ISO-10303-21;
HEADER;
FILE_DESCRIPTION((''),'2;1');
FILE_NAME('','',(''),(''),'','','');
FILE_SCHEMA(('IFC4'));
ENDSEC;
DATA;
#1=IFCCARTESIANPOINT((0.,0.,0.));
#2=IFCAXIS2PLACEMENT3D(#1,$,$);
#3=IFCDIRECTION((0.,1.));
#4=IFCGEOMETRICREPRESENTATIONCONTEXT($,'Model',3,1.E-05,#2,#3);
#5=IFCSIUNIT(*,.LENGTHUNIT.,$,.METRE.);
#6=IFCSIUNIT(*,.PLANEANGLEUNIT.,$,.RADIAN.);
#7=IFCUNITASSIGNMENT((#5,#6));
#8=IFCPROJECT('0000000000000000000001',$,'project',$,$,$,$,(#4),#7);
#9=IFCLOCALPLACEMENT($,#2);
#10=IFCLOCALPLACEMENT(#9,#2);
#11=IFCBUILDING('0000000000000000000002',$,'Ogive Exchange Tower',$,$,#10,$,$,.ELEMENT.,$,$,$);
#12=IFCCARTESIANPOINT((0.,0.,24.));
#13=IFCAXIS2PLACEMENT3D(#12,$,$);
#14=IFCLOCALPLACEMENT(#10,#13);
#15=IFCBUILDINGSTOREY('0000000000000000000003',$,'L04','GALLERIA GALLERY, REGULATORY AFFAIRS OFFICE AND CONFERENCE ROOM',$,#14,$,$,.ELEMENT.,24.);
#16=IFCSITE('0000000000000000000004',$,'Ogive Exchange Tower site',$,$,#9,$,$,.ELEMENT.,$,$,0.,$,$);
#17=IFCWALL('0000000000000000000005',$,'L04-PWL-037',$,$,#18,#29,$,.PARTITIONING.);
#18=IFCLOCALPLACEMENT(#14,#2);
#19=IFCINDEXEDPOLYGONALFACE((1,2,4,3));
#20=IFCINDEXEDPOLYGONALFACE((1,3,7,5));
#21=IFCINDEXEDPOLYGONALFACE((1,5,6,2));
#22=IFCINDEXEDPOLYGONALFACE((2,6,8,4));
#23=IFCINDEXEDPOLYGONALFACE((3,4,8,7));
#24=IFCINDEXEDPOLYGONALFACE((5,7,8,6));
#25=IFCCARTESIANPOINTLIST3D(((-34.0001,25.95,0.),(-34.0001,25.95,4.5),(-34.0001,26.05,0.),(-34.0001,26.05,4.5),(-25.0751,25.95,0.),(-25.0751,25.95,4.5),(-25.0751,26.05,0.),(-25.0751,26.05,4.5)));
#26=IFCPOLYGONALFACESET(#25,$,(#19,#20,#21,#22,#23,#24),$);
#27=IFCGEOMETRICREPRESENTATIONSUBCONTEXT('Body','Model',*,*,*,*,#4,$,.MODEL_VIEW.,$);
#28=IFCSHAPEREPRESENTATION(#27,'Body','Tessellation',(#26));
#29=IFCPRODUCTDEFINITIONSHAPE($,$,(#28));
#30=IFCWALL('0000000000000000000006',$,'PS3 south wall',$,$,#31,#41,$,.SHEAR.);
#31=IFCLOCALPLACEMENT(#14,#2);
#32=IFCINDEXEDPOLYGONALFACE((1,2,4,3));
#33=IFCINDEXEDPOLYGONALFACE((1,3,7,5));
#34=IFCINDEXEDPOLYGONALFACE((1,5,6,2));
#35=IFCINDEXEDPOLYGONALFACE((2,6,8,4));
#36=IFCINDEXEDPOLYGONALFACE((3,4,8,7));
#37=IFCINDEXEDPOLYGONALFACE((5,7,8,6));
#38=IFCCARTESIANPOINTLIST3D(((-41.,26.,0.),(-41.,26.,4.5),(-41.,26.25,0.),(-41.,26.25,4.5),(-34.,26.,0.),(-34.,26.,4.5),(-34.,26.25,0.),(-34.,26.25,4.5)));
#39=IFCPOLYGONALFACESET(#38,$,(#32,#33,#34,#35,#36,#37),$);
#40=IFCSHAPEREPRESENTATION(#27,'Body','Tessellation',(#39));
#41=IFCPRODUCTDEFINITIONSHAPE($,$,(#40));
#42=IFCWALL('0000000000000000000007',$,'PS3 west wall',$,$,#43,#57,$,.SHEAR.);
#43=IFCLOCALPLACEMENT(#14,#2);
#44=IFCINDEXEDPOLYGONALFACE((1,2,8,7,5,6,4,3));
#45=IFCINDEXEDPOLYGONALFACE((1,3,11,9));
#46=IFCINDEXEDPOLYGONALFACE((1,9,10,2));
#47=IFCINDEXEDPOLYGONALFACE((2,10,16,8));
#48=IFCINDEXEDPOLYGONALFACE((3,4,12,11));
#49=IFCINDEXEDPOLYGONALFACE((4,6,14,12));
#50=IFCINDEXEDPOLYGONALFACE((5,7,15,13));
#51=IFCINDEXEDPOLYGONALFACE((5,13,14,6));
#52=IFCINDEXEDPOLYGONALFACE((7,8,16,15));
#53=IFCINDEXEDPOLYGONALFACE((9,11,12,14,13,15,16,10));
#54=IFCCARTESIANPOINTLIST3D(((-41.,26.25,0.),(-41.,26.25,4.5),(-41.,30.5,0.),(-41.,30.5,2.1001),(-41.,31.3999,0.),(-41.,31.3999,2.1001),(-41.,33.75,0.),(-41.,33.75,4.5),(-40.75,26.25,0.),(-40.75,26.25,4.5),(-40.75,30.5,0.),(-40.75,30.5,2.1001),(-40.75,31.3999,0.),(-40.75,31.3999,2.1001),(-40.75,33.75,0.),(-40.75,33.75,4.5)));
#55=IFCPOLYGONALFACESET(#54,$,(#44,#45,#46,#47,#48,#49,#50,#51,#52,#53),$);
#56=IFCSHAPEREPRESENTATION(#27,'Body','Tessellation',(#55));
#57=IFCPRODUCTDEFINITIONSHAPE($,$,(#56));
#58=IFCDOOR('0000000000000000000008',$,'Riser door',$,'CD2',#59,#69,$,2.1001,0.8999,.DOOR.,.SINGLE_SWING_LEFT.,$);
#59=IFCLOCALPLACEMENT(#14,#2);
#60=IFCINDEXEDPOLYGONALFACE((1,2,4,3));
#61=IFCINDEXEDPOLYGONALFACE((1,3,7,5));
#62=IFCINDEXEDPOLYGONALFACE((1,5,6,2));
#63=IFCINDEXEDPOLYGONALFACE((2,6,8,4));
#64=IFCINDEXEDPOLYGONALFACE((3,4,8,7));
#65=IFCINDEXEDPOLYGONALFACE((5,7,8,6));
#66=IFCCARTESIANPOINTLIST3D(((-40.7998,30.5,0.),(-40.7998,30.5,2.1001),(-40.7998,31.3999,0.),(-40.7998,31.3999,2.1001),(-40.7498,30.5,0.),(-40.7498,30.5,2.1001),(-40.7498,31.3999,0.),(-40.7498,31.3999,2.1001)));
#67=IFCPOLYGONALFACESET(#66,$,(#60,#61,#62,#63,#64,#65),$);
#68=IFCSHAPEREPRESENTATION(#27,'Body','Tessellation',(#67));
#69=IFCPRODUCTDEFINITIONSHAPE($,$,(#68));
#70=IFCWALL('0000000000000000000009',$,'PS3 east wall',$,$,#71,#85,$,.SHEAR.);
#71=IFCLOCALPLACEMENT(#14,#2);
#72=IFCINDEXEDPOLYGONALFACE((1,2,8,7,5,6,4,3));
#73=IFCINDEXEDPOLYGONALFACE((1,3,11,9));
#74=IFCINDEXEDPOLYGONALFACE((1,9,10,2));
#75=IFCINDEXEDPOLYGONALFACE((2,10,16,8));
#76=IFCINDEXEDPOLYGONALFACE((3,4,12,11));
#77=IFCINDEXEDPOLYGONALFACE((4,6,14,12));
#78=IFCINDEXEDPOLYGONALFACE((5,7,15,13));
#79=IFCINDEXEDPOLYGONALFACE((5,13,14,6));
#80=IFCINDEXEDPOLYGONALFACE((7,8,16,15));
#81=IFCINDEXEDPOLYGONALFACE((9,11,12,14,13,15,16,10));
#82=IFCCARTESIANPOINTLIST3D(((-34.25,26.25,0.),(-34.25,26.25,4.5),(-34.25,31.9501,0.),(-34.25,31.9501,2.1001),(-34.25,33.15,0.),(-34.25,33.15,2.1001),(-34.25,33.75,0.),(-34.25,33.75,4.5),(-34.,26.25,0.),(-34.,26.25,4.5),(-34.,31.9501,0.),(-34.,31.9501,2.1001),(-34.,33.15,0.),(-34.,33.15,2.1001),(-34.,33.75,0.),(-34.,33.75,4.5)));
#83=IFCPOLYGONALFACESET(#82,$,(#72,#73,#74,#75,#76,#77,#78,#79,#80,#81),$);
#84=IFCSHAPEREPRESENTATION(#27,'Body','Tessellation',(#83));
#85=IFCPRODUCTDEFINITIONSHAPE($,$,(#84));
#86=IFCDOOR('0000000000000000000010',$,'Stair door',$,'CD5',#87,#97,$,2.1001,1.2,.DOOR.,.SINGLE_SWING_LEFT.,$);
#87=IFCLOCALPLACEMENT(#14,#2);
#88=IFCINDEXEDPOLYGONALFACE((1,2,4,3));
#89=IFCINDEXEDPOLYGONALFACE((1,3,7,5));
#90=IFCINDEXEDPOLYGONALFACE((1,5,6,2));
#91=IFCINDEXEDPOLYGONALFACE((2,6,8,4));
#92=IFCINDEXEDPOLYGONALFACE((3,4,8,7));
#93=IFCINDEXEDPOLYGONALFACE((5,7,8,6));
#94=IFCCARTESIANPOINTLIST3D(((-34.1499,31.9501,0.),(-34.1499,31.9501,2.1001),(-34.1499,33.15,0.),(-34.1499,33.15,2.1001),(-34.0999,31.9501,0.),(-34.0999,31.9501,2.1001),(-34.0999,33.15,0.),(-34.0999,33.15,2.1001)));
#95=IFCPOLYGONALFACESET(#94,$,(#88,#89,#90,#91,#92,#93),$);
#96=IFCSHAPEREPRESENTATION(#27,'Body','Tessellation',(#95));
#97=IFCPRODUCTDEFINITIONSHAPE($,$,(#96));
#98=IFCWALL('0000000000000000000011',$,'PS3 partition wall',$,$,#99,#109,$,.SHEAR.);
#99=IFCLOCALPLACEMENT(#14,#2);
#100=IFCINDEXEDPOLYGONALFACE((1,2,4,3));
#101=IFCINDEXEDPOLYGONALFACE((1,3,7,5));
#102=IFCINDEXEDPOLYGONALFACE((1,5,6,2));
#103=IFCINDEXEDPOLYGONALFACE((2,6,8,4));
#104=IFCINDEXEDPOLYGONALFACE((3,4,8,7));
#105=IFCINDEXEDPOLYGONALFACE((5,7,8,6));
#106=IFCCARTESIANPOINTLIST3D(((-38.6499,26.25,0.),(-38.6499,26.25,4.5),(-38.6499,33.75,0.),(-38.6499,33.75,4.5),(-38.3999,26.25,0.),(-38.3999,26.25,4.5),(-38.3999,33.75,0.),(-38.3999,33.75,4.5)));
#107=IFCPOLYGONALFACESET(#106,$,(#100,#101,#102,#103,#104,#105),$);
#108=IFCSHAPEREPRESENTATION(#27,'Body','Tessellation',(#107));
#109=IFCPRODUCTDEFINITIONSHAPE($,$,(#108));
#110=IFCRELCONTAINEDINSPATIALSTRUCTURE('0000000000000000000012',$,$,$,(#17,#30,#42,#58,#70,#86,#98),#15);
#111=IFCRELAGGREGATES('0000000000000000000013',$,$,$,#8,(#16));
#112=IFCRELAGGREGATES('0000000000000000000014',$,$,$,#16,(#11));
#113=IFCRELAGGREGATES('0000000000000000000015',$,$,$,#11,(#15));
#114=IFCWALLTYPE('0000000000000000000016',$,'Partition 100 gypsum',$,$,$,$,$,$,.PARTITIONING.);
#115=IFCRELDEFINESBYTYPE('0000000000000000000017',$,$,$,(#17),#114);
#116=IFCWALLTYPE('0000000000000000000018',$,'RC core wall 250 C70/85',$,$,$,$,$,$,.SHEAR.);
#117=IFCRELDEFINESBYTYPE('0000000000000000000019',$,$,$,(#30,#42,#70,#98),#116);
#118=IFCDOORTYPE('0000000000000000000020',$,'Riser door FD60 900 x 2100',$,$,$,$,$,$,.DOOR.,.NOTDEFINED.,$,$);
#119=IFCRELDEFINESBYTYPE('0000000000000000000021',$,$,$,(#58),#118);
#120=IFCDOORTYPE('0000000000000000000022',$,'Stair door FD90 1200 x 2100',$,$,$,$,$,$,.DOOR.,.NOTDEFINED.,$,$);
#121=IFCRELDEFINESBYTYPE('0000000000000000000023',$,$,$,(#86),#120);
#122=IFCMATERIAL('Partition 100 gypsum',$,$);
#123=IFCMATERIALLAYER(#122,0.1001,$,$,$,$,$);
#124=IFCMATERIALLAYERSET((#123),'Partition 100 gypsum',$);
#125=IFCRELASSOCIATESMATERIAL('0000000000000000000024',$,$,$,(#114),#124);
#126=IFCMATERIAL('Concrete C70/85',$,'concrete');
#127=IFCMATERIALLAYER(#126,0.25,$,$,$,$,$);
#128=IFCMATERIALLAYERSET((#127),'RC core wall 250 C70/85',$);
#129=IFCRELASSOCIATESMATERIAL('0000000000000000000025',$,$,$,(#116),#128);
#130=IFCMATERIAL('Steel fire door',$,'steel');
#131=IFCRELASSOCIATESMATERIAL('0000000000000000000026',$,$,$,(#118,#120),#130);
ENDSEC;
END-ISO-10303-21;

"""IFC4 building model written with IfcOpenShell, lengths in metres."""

from ifc_helpers import new_model, si_unit, direction, frame, frame_2d, origin, place, context, subcontext, project, spatial, rectangle, extrude, material, layer, layer_set, type_object, element, fill, save


model = new_model("IFC4")

# Units and contexts
model_context = context("Model", 3, precision=1e-05, world=origin(), true_north=direction((0.0, 1.0)))
body_context = subcontext(model_context, "Body", "Model", "MODEL_VIEW")
ifc_project = project(units=[si_unit("LENGTHUNIT", "METRE"), si_unit("PLANEANGLEUNIT", "RADIAN")], contexts=[model_context])

# Site, building, storey
site_placement = place(None, origin())
site = spatial("IfcSite", under=ifc_project, at=site_placement, Name="Ogive Exchange Tower site", CompositionType="ELEMENT", RefElevation=0.0)
building_placement = place(site_placement, origin())
building = spatial("IfcBuilding", under=site, at=building_placement, Name="Ogive Exchange Tower", CompositionType="ELEMENT")
storey_placement = place(building_placement, frame((0.0, 0.0, 24.0)))
storey = spatial("IfcBuildingStorey", under=building, at=storey_placement, Name="L04", Description="GALLERIA GALLERY, REGULATORY AFFAIRS OFFICE AND CONFERENCE ROOM", CompositionType="ELEMENT", Elevation=24.0)

# Shared definitions
ifc_material_1 = material(Name="Concrete C70/85", Category="concrete")

# Walls
ifc_material_2 = material(Name="Partition 100 gypsum")
ifc_layer_1 = layer(ifc_material_2, 0.1001)
ifc_layer_set_1 = layer_set([ifc_layer_1], Name="Partition 100 gypsum")
wall_type_1 = type_object("IfcWallType", Name="Partition 100 gypsum", PredefinedType="PARTITIONING", material=ifc_layer_set_1)
wall_1_placement = place(storey_placement, frame((-34.0, 26.0, 0.0), z_axis=(0.0, 0.0, 1.0), x_axis=(1.0, 0.0, 0.0)))
element("IfcWall", 1, at=wall_1_placement, inside=storey, type_object=wall_type_1, Name="L04-PWL-037", PredefinedType="PARTITIONING", context=body_context, shape_type="SweptSolid", body=[
    extrude(rectangle(XDim=8.925, YDim=0.1001, at=frame_2d((4.4624, 0.0))), origin(), (0.0, 0.0, 1.0), 4.5),
])
ifc_layer_2 = layer(ifc_material_1, 0.25)
ifc_layer_set_2 = layer_set([ifc_layer_2], Name="RC core wall 250 C70/85")
wall_type_2 = type_object("IfcWallType", Name="RC core wall 250 C70/85", PredefinedType="SHEAR", material=ifc_layer_set_2)
wall_2_placement = place(storey_placement, frame((-41.0, 26.125, 0.0), z_axis=(0.0, 0.0, 1.0), x_axis=(1.0, 0.0, 0.0)))
element("IfcWall", 2, at=wall_2_placement, inside=storey, type_object=wall_type_2, Name="PS3 south wall", PredefinedType="SHEAR", context=body_context, shape_type="SweptSolid", body=[
    extrude(rectangle(XDim=7.0, YDim=0.25, at=frame_2d((3.5, 0.0))), origin(), (0.0, 0.0, 1.0), 4.5),
])

# Walls, openings, doors
wall_3_placement = place(storey_placement, frame((-40.875, 26.25, 0.0), z_axis=(0.0, 0.0, 1.0), x_axis=(0.0, 1.0, 0.0)))
wall_3 = element("IfcWall", 3, at=wall_3_placement, inside=storey, type_object=wall_type_2, Name="PS3 west wall", PredefinedType="SHEAR", context=body_context, shape_type="SweptSolid", body=[
    extrude(rectangle(XDim=7.5, YDim=0.25, at=frame_2d((3.75, 0.0))), origin(), (0.0, 0.0, 1.0), 4.5),
])
opening_1_placement = place(wall_3_placement, frame((4.25, 0.0, 0.0)))
opening_1 = element("IfcOpeningElement", 4, at=opening_1_placement, cuts=wall_3, PredefinedType="OPENING", context=body_context, shape_type="SweptSolid", body=[
    extrude(rectangle(XDim=0.8999, YDim=2.1001, at=frame_2d((0.45, 1.05))), frame((0.0, 0.135, 0.0), z_axis=(0.0, -1.0, 0.0), x_axis=(1.0, 0.0, 0.0)), (0.0, 0.0, 1.0), 0.27),
])
ifc_material_3 = material(Name="Steel fire door", Category="steel")
door_type_1 = type_object("IfcDoorType", Name="Riser door FD60 900 x 2100", OperationType="NOTDEFINED", PredefinedType="DOOR", material=ifc_material_3)
door_1_placement = place(opening_1_placement, origin())
door_1 = element("IfcDoor", 5, at=door_1_placement, inside=storey, type_object=door_type_1, Name="Riser door", ObjectType="CD2", OperationType="SINGLE_SWING_LEFT", OverallHeight=2.1001, OverallWidth=0.8999, PredefinedType="DOOR", context=body_context, shape_type="SweptSolid", body=[
    extrude(rectangle(XDim=0.8999, YDim=2.1001, at=frame_2d((0.45, 1.05))), frame((0.0, -0.0752, 0.0), z_axis=(0.0, -1.0, 0.0), x_axis=(1.0, 0.0, 0.0)), (0.0, 0.0, 1.0), 0.05),
])
fill(opening_1, door_1)
wall_4_placement = place(storey_placement, frame((-34.125, 26.25, 0.0), z_axis=(0.0, 0.0, 1.0), x_axis=(0.0, 1.0, 0.0)))
wall_4 = element("IfcWall", 6, at=wall_4_placement, inside=storey, type_object=wall_type_2, Name="PS3 east wall", PredefinedType="SHEAR", context=body_context, shape_type="SweptSolid", body=[
    extrude(rectangle(XDim=7.5, YDim=0.25, at=frame_2d((3.75, 0.0))), origin(), (0.0, 0.0, 1.0), 4.5),
])
opening_2_placement = place(wall_4_placement, frame((5.7, 0.0, 0.0)))
opening_2 = element("IfcOpeningElement", 7, at=opening_2_placement, cuts=wall_4, PredefinedType="OPENING", context=body_context, shape_type="SweptSolid", body=[
    extrude(rectangle(XDim=1.2, YDim=2.1001, at=frame_2d((0.6001, 1.05))), frame((0.0, 0.135, 0.0), z_axis=(0.0, -1.0, 0.0), x_axis=(1.0, 0.0, 0.0)), (0.0, 0.0, 1.0), 0.27),
])
door_type_2 = type_object("IfcDoorType", Name="Stair door FD90 1200 x 2100", OperationType="NOTDEFINED", PredefinedType="DOOR", material=ifc_material_3)
door_2_placement = place(opening_2_placement, origin())
door_2 = element("IfcDoor", 8, at=door_2_placement, inside=storey, type_object=door_type_2, Name="Stair door", ObjectType="CD5", OperationType="SINGLE_SWING_LEFT", OverallHeight=2.1001, OverallWidth=1.2, PredefinedType="DOOR", context=body_context, shape_type="SweptSolid", body=[
    extrude(rectangle(XDim=1.2, YDim=2.1001, at=frame_2d((0.6001, 1.05))), frame((0.0, 0.0249, 0.0), z_axis=(0.0, -1.0, 0.0), x_axis=(1.0, 0.0, 0.0)), (0.0, 0.0, 1.0), 0.05),
])
fill(opening_2, door_2)

# Wall
wall_5_placement = place(storey_placement, frame((-38.5249, 26.25, 0.0), z_axis=(0.0, 0.0, 1.0), x_axis=(0.0, 1.0, 0.0)))
element("IfcWall", 9, at=wall_5_placement, inside=storey, type_object=wall_type_2, Name="PS3 partition wall", PredefinedType="SHEAR", context=body_context, shape_type="SweptSolid", body=[
    extrude(rectangle(XDim=7.5, YDim=0.25, at=frame_2d((3.75, 0.0))), origin(), (0.0, 0.0, 1.0), 4.5),
])

save(model, "model.ifc")
